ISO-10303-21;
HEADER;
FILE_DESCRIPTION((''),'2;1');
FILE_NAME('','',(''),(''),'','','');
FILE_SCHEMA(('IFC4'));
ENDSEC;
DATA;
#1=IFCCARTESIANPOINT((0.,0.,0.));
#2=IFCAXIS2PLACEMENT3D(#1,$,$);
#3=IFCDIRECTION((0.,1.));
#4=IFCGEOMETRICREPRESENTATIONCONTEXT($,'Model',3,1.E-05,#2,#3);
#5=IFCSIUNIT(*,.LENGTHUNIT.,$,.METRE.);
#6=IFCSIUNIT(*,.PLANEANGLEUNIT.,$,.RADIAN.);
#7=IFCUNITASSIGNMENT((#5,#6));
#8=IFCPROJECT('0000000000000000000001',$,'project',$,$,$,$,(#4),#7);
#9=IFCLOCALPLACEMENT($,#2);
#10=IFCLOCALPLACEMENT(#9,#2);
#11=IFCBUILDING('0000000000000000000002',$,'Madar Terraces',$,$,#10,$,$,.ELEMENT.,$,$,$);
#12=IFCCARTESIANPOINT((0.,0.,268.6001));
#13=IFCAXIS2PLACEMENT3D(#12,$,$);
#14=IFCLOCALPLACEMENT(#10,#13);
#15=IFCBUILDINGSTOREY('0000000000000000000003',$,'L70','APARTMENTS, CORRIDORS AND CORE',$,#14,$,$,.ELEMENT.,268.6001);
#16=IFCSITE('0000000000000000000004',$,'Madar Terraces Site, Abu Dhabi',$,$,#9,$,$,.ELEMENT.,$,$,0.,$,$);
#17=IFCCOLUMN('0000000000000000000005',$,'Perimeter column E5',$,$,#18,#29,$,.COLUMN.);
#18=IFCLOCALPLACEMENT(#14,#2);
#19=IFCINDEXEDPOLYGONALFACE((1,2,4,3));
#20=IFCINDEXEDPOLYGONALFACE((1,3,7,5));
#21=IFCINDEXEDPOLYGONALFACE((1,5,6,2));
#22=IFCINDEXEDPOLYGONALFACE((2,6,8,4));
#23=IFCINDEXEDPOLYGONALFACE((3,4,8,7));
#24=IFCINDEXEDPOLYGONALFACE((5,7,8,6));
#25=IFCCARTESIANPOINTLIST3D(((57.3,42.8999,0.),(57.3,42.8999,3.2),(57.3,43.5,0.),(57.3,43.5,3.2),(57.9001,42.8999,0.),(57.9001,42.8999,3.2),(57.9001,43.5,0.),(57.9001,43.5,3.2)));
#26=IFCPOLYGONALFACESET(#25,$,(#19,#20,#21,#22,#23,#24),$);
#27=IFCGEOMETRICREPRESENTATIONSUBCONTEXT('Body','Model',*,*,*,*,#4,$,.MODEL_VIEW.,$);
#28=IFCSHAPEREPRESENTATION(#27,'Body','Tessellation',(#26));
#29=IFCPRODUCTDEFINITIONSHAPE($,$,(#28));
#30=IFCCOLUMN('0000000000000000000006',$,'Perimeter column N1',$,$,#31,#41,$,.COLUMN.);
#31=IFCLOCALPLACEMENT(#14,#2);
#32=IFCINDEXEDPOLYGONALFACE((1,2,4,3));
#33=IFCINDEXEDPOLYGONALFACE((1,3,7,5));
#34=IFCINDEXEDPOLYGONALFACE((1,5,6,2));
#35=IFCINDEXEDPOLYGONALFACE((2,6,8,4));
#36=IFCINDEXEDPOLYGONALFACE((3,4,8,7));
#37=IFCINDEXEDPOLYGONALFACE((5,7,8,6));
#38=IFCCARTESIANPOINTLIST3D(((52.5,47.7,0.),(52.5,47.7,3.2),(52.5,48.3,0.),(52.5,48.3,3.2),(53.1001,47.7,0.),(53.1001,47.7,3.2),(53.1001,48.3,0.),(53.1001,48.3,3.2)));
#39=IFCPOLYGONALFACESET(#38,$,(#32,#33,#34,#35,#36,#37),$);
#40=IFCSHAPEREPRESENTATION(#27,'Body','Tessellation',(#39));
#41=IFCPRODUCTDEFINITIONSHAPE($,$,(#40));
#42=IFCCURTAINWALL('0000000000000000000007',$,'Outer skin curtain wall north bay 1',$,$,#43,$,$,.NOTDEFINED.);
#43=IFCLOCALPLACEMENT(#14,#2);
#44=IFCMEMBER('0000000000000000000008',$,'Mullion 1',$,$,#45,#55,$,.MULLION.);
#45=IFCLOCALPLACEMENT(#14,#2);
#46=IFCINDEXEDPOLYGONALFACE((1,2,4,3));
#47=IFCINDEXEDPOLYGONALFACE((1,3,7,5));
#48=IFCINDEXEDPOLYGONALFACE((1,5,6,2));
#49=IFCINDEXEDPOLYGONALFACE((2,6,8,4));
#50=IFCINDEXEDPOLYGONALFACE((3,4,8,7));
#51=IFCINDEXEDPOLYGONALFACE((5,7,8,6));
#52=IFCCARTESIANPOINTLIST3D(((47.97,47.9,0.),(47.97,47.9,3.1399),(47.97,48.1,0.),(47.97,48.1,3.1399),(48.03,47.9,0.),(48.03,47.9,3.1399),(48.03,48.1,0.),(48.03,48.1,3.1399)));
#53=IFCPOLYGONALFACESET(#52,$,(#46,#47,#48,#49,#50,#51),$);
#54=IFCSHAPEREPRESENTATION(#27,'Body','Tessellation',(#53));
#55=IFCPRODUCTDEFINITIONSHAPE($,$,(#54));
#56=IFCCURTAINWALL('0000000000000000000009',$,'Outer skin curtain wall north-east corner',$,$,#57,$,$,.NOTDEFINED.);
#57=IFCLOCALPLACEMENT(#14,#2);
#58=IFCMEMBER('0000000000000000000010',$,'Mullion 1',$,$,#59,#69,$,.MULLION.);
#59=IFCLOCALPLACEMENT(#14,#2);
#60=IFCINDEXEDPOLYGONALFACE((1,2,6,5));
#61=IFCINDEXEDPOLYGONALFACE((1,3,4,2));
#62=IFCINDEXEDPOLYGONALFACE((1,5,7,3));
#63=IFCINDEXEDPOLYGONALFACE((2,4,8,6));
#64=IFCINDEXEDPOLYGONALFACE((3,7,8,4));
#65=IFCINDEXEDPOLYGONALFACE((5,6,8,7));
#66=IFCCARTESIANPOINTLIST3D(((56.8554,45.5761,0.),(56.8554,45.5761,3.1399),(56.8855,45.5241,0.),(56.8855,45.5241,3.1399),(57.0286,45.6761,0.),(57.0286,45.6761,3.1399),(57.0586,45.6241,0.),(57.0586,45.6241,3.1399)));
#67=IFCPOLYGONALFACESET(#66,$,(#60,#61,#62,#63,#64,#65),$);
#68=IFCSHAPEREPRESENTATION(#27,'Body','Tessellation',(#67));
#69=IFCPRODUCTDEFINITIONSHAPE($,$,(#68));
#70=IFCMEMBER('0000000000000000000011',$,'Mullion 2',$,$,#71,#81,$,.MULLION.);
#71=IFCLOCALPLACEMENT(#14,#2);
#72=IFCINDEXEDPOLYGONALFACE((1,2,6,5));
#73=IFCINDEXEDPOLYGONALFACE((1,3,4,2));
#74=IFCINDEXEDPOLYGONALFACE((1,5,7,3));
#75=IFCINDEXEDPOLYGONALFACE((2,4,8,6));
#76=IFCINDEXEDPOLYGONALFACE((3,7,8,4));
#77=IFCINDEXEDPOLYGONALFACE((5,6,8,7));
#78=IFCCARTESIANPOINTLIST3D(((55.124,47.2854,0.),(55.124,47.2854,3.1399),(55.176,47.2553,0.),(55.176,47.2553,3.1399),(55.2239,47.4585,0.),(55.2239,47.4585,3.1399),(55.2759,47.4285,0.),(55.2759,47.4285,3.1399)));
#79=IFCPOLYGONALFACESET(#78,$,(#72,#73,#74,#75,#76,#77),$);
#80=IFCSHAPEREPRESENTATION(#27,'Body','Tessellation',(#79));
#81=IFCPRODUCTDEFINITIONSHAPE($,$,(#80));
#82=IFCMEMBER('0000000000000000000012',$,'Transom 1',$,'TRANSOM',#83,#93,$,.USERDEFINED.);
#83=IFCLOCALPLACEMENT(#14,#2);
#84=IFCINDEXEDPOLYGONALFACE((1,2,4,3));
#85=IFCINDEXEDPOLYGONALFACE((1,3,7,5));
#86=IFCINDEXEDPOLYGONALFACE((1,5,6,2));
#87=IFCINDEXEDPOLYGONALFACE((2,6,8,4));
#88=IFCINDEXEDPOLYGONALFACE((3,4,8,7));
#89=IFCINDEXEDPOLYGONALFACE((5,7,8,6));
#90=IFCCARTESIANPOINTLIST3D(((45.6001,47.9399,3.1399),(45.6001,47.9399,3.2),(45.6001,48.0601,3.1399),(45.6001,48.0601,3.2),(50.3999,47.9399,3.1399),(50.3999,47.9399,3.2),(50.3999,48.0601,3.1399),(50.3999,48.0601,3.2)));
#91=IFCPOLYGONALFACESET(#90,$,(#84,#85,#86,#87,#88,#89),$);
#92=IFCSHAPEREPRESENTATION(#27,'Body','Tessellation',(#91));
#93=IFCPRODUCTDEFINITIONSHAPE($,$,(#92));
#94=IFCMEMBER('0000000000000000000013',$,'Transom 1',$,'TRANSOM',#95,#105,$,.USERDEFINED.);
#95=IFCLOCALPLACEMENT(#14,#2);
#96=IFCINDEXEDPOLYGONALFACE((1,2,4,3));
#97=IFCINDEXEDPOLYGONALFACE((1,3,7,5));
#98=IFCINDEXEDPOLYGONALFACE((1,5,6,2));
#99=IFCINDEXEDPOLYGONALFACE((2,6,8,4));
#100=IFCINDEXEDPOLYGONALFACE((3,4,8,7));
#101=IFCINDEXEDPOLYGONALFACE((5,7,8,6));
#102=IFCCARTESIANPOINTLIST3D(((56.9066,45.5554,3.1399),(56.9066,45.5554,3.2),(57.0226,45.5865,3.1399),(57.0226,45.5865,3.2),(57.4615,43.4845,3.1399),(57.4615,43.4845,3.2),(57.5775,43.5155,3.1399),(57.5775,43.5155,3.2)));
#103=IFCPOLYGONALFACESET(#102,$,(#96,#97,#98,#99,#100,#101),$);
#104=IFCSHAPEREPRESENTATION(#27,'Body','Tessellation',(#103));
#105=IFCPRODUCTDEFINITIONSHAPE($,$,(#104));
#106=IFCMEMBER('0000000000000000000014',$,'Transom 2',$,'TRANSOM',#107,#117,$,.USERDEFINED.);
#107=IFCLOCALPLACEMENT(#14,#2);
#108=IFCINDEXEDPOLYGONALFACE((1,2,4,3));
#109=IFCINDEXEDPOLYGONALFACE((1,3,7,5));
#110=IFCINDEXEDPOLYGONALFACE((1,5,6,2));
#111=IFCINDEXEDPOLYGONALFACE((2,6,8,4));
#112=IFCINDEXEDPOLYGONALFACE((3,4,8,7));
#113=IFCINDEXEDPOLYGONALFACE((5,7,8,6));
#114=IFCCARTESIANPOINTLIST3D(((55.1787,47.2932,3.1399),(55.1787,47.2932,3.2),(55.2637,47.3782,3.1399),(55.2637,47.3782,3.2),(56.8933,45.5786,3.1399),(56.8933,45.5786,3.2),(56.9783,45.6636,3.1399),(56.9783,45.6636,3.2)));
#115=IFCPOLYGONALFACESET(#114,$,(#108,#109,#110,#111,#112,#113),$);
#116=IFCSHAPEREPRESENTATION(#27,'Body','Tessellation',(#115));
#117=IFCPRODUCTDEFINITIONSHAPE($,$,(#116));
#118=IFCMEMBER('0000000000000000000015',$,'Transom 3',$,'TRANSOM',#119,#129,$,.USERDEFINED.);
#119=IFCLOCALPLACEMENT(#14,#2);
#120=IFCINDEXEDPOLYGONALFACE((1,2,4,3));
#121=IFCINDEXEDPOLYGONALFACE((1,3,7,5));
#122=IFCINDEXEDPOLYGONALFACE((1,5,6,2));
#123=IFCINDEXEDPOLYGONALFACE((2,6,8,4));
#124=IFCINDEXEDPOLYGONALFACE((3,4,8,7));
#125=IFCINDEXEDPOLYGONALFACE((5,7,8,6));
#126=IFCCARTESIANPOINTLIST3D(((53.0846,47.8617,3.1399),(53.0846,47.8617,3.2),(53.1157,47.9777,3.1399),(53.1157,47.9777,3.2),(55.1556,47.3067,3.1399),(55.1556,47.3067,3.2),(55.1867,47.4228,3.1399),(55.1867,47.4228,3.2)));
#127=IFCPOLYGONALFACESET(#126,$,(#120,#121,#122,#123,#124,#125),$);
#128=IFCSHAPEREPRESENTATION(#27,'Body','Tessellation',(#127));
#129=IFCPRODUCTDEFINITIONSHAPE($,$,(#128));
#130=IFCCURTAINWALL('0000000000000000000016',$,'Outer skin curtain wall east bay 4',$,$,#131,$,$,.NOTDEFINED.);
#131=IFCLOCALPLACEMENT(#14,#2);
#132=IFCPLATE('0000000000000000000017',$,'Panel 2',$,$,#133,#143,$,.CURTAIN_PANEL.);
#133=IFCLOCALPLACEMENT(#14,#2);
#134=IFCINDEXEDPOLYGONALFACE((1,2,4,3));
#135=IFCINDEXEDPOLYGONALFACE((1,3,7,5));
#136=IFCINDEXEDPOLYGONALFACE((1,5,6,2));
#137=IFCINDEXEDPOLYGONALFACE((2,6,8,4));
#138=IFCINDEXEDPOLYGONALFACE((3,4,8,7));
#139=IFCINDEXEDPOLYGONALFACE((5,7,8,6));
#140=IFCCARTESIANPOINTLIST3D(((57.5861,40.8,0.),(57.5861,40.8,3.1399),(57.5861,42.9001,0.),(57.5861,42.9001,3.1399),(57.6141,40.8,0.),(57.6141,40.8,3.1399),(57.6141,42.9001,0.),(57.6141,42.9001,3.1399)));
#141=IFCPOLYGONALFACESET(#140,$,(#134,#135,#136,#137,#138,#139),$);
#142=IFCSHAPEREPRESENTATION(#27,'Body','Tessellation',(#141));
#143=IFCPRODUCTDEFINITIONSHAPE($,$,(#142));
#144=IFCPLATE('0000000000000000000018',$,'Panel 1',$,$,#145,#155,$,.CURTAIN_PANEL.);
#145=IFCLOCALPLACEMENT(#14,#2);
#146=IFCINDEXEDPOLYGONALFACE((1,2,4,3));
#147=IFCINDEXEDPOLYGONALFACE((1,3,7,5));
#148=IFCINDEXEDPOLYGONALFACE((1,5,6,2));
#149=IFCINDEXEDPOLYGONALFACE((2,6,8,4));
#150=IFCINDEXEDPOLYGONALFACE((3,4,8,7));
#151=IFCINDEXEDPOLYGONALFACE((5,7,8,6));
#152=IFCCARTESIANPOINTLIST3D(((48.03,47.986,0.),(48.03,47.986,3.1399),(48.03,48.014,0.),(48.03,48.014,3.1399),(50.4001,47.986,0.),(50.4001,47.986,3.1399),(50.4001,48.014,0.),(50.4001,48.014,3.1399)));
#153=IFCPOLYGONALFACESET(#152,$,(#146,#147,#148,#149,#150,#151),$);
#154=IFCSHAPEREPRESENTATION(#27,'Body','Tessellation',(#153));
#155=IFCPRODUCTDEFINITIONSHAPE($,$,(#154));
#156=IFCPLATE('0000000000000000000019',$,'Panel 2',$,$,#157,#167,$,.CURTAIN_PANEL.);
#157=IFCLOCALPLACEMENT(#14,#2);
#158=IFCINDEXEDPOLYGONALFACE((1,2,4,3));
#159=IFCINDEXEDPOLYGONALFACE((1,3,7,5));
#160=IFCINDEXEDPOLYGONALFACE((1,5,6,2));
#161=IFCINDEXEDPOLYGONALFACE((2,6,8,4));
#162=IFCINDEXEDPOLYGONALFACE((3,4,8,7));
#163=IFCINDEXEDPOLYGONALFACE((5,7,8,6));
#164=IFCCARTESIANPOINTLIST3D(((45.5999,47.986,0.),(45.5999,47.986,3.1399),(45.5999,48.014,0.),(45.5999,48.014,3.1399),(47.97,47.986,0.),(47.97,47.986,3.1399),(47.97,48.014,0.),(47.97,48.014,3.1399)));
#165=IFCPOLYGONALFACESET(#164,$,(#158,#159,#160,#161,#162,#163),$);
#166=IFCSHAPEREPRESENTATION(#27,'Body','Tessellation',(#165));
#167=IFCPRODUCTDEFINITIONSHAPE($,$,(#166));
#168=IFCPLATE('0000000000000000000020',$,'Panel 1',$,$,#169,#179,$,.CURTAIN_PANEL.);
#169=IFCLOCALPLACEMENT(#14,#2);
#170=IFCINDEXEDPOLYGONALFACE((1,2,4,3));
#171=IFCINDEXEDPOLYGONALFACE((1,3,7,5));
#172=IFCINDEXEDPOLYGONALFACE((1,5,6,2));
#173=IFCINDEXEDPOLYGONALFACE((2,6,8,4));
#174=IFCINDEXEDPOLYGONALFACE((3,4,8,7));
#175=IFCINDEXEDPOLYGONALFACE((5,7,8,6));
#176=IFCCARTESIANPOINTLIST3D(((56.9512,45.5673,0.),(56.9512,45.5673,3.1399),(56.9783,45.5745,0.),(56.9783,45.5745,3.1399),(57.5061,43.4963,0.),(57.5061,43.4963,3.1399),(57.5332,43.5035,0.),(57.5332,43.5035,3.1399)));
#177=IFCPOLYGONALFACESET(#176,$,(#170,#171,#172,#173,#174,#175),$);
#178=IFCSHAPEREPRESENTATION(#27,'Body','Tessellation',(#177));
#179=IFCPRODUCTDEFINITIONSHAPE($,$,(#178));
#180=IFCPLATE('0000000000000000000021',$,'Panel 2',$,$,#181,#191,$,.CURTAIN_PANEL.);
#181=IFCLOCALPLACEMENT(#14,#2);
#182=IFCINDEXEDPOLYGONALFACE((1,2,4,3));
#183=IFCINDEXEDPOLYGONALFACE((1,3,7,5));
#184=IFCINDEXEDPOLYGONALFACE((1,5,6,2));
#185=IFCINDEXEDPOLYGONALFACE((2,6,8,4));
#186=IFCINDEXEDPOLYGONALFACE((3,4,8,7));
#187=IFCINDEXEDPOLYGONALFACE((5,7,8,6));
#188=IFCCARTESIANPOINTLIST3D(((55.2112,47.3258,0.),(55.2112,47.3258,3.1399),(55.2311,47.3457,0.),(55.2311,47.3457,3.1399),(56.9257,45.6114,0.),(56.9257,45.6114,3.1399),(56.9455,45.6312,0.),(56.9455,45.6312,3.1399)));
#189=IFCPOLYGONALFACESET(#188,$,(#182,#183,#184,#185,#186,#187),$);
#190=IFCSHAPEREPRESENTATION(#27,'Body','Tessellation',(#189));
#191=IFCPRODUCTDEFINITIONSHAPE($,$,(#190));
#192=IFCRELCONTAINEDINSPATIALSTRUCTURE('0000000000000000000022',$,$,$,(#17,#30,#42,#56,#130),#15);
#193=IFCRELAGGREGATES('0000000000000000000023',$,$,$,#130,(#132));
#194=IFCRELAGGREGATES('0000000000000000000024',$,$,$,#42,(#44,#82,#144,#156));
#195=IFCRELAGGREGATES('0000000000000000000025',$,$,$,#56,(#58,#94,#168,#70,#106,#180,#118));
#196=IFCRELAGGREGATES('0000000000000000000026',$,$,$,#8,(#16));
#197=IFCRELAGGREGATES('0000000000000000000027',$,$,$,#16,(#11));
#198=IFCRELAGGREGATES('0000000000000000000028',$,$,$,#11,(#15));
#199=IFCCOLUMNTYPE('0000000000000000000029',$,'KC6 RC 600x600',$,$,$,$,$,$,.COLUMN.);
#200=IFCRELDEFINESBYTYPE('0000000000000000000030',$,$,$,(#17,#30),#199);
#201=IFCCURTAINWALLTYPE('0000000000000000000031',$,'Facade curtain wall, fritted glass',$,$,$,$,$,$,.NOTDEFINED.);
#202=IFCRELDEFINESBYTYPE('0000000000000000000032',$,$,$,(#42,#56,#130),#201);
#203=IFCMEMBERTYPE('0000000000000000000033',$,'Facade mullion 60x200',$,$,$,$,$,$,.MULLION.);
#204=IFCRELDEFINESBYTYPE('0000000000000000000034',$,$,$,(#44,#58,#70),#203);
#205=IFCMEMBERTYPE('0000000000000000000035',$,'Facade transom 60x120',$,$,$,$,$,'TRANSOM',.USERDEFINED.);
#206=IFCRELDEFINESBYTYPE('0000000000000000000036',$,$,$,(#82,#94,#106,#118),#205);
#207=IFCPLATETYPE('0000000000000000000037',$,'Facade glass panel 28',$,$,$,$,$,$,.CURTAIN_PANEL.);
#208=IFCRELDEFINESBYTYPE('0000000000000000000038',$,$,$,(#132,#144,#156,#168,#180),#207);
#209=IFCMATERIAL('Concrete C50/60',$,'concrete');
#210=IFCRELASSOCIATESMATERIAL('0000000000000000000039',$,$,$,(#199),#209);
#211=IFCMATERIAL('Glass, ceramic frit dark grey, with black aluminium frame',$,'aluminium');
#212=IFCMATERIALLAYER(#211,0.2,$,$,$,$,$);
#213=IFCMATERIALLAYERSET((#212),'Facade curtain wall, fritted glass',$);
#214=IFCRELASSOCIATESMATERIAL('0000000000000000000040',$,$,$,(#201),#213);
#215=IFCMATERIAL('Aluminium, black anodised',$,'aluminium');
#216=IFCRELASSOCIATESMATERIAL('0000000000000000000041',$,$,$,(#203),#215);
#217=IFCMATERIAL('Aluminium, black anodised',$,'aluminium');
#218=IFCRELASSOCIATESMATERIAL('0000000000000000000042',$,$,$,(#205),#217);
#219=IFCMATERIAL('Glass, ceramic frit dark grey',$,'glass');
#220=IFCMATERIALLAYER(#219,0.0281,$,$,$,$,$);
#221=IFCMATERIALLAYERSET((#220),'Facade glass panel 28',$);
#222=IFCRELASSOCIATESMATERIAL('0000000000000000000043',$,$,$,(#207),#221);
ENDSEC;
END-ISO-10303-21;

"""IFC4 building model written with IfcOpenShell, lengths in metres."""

from ifc_helpers import new_model, si_unit, direction, frame, origin, origin_2d, place, context, subcontext, project, spatial, rectangle, extrude, material, layer, layer_set, material_profile, profile_set, type_object, element, aggregate, save


model = new_model("IFC4")

# Units and contexts
model_context = context("Model", 3, precision=1e-05, world=origin(), true_north=direction((0.0, 1.0)))
body_context = subcontext(model_context, "Body", "Model", "MODEL_VIEW")
ifc_project = project(units=[si_unit("LENGTHUNIT", "METRE"), si_unit("PLANEANGLEUNIT", "RADIAN")], contexts=[model_context])

# Site, building, storey
site_placement = place(None, origin())
site = spatial("IfcSite", under=ifc_project, at=site_placement, Name="Madar Terraces Site, Abu Dhabi", CompositionType="ELEMENT", RefElevation=0.0)
building_placement = place(site_placement, origin())
building = spatial("IfcBuilding", under=site, at=building_placement, Name="Madar Terraces", CompositionType="ELEMENT")
storey_placement = place(building_placement, frame((0.0, 0.0, 268.6001)))
storey = spatial("IfcBuildingStorey", under=building, at=storey_placement, Name="L70", Description="APARTMENTS, CORRIDORS AND CORE", CompositionType="ELEMENT", Elevation=268.6001)

# Columns
ifc_material_1 = material(Name="Concrete C50/60", Category="concrete")
ifc_material_profile_1 = material_profile(ifc_material_1, rectangle(XDim=0.6001, YDim=0.6001, at=origin_2d()), Name="KC6 RC 600x600")
ifc_profile_set_1 = profile_set([ifc_material_profile_1], Name="Concrete C50/60")
column_type = type_object("IfcColumnType", Name="KC6 RC 600x600", PredefinedType="COLUMN", material=ifc_profile_set_1)
for number, where, z_axis, x_axis, name in (
    (1, (57.6001, 43.2, 0.0), (0.0, 0.0, 1.0), (1.0, 0.0, 0.0), "Perimeter column E5"),
    (2, (52.8, 48.0, 0.0), (0.0, 0.0, 1.0), (1.0, 0.0, 0.0), "Perimeter column N1"),
):
    element("IfcColumn", number, at=place(storey_placement, frame(where, z_axis=z_axis, x_axis=x_axis)), inside=storey, type_object=column_type, Name=name, PredefinedType="COLUMN", context=body_context, shape_type="SweptSolid", body=[
        extrude(rectangle(XDim=0.6001, YDim=0.6001, at=origin_2d()), origin(), (0.0, 0.0, 1.0), 3.2),
    ])

# Curtain wall, member
ifc_material_2 = material(Name="Glass, ceramic frit dark grey, with black aluminium frame", Category="aluminium")
ifc_layer_1 = layer(ifc_material_2, 0.2)
ifc_layer_set_1 = layer_set([ifc_layer_1], Name="Facade curtain wall, fritted glass")
curtain_wall_type = type_object("IfcCurtainWallType", Name="Facade curtain wall, fritted glass", PredefinedType="NOTDEFINED", material=ifc_layer_set_1)
curtain_wall_1_placement = place(storey_placement, origin())
curtain_wall_1 = element("IfcCurtainWall", 3, at=curtain_wall_1_placement, inside=storey, type_object=curtain_wall_type, Name="Outer skin curtain wall north bay 1", PredefinedType="NOTDEFINED")
ifc_material_3 = material(Name="Aluminium, black anodised", Category="aluminium")
ifc_material_profile_2 = material_profile(ifc_material_3, rectangle(XDim=0.2, YDim=0.0601, at=origin_2d()), Name="Facade mullion 60x200")
ifc_profile_set_2 = profile_set([ifc_material_profile_2], Name="Aluminium, black anodised")
member_type_1 = type_object("IfcMemberType", Name="Facade mullion 60x200", PredefinedType="MULLION", material=ifc_profile_set_2)
member_1_placement = place(storey_placement, frame((48.0, 48.0, 0.0), z_axis=(0.0, 0.0, 1.0), x_axis=(0.0, -1.0, 0.0)))
member_1 = element("IfcMember", 4, at=member_1_placement, type_object=member_type_1, Name="Mullion 1", PredefinedType="MULLION", context=body_context, shape_type="SweptSolid", body=[
    extrude(rectangle(XDim=0.2, YDim=0.0601, at=origin_2d()), origin(), (0.0, 0.0, 1.0), 3.1399),
])

# Curtain wall, members
curtain_wall_2_placement = place(storey_placement, origin())
curtain_wall_2 = element("IfcCurtainWall", 5, at=curtain_wall_2_placement, inside=storey, type_object=curtain_wall_type, Name="Outer skin curtain wall north-east corner", PredefinedType="NOTDEFINED")
member_2_placement = place(storey_placement, frame((56.957, 45.6001, 0.0), z_axis=(0.0, 0.0, 1.0), x_axis=(-0.866025, -0.5, 0.0)))
member_2 = element("IfcMember", 6, at=member_2_placement, type_object=member_type_1, Name="Mullion 1", PredefinedType="MULLION", context=body_context, shape_type="SweptSolid", body=[
    extrude(rectangle(XDim=0.2, YDim=0.0601, at=origin_2d()), origin(), (0.0, 0.0, 1.0), 3.1399),
])
member_3_placement = place(storey_placement, frame((55.2, 47.3569, 0.0), z_axis=(0.0, 0.0, 1.0), x_axis=(-0.5, -0.866025, 0.0)))
member_3 = element("IfcMember", 7, at=member_3_placement, type_object=member_type_1, Name="Mullion 2", PredefinedType="MULLION", context=body_context, shape_type="SweptSolid", body=[
    extrude(rectangle(XDim=0.2, YDim=0.0601, at=origin_2d()), origin(), (0.0, 0.0, 1.0), 3.1399),
])

# Members
ifc_material_4 = material(Name="Aluminium, black anodised", Category="aluminium")
ifc_material_profile_3 = material_profile(ifc_material_4, rectangle(XDim=0.1201, YDim=0.0601, at=origin_2d()), Name="Facade transom 60x120")
ifc_profile_set_3 = profile_set([ifc_material_profile_3], Name="Aluminium, black anodised")
member_type_2 = type_object("IfcMemberType", Name="Facade transom 60x120", ElementType="TRANSOM", PredefinedType="USERDEFINED", material=ifc_profile_set_3)
member_4_placement = place(storey_placement, frame((50.3999, 48.0, 3.1699), z_axis=(-1.0, 0.0, 0.0), x_axis=(0.0, -1.0, 0.0)))
member_4 = element("IfcMember", 8, at=member_4_placement, type_object=member_type_2, Name="Transom 1", ObjectType="TRANSOM", PredefinedType="USERDEFINED", context=body_context, shape_type="SweptSolid", body=[
    extrude(rectangle(XDim=0.1201, YDim=0.0601, at=origin_2d()), origin(), (0.0, 0.0, 1.0), 4.7998),
])
member_5_placement = place(storey_placement, frame((57.5195, 43.5, 3.1699), z_axis=(-0.258818, 0.965926, 0.0), x_axis=(-0.965926, -0.258818, 0.0)))
member_5 = element("IfcMember", 9, at=member_5_placement, type_object=member_type_2, Name="Transom 1", ObjectType="TRANSOM", PredefinedType="USERDEFINED", context=body_context, shape_type="SweptSolid", body=[
    extrude(rectangle(XDim=0.1201, YDim=0.0601, at=origin_2d()), origin(), (0.0, 0.0, 1.0), 2.144),
])
member_6_placement = place(storey_placement, frame((56.9358, 45.6211, 3.1699), z_axis=(-0.707107, 0.707107, 0.0), x_axis=(-0.707107, -0.707107, 0.0)))
member_6 = element("IfcMember", 10, at=member_6_placement, type_object=member_type_2, Name="Transom 2", ObjectType="TRANSOM", PredefinedType="USERDEFINED", context=body_context, shape_type="SweptSolid", body=[
    extrude(rectangle(XDim=0.1201, YDim=0.0601, at=origin_2d()), origin(), (0.0, 0.0, 1.0), 2.4248),
])
member_7_placement = place(storey_placement, frame((55.1711, 47.3647, 3.1699), z_axis=(-0.965926, 0.258818, 0.0), x_axis=(-0.258818, -0.965926, 0.0)))
member_7 = element("IfcMember", 11, at=member_7_placement, type_object=member_type_2, Name="Transom 3", ObjectType="TRANSOM", PredefinedType="USERDEFINED", context=body_context, shape_type="SweptSolid", body=[
    extrude(rectangle(XDim=0.1201, YDim=0.0601, at=origin_2d()), origin(), (0.0, 0.0, 1.0), 2.144),
])

# Curtain wall, plate
curtain_wall_3_placement = place(storey_placement, origin())
curtain_wall_3 = element("IfcCurtainWall", 12, at=curtain_wall_3_placement, inside=storey, type_object=curtain_wall_type, Name="Outer skin curtain wall east bay 4", PredefinedType="NOTDEFINED")
ifc_material_5 = material(Name="Glass, ceramic frit dark grey", Category="glass")
ifc_layer_2 = layer(ifc_material_5, 0.0281)
ifc_layer_set_2 = layer_set([ifc_layer_2], Name="Facade glass panel 28")
plate_type = type_object("IfcPlateType", Name="Facade glass panel 28", PredefinedType="CURTAIN_PANEL", material=ifc_layer_set_2)
plate_1_placement = place(storey_placement, frame((57.6001, 41.8501, 0.0), z_axis=(0.0, 0.0, 1.0), x_axis=(0.0, 1.0, 0.0)))
plate_1 = element("IfcPlate", 13, at=plate_1_placement, type_object=plate_type, Name="Panel 2", PredefinedType="CURTAIN_PANEL", context=body_context, shape_type="SweptSolid", body=[
    extrude(rectangle(XDim=2.1001, YDim=0.0281, at=origin_2d()), origin(), (0.0, 0.0, 1.0), 3.1399),
])
aggregate(curtain_wall_3, [plate_1])

# Plates
plate_2_placement = place(storey_placement, frame((49.2151, 48.0, 0.0), z_axis=(0.0, 0.0, 1.0), x_axis=(-1.0, 0.0, 0.0)))
plate_2 = element("IfcPlate", 14, at=plate_2_placement, type_object=plate_type, Name="Panel 1", PredefinedType="CURTAIN_PANEL", context=body_context, shape_type="SweptSolid", body=[
    extrude(rectangle(XDim=2.3701, YDim=0.0281, at=origin_2d()), origin(), (0.0, 0.0, 1.0), 3.1399),
])
plate_3_placement = place(storey_placement, frame((46.7849, 48.0, 0.0), z_axis=(0.0, 0.0, 1.0), x_axis=(-1.0, 0.0, 0.0)))
plate_3 = element("IfcPlate", 15, at=plate_3_placement, type_object=plate_type, Name="Panel 2", PredefinedType="CURTAIN_PANEL", context=body_context, shape_type="SweptSolid", body=[
    extrude(rectangle(XDim=2.3701, YDim=0.0281, at=origin_2d()), origin(), (0.0, 0.0, 1.0), 3.1399),
])
aggregate(curtain_wall_1, [member_1, member_4, plate_2, plate_3])
plate_4_placement = place(storey_placement, frame((57.2422, 44.5354, 0.0), z_axis=(0.0, 0.0, 1.0), x_axis=(-0.258819, 0.965926, 0.0)))
plate_4 = element("IfcPlate", 16, at=plate_4_placement, type_object=plate_type, Name="Panel 1", PredefinedType="CURTAIN_PANEL", context=body_context, shape_type="SweptSolid", body=[
    extrude(rectangle(XDim=2.144, YDim=0.0281, at=origin_2d()), origin(), (0.0, 0.0, 1.0), 3.1399),
])
plate_5_placement = place(storey_placement, frame((56.0784, 46.4785, 0.0), z_axis=(0.0, 0.0, 1.0), x_axis=(-0.707107, 0.707107, 0.0)))
plate_5 = element("IfcPlate", 17, at=plate_5_placement, type_object=plate_type, Name="Panel 2", PredefinedType="CURTAIN_PANEL", context=body_context, shape_type="SweptSolid", body=[
    extrude(rectangle(XDim=2.4246, YDim=0.0281, at=origin_2d()), origin(), (0.0, 0.0, 1.0), 3.1399),
])
aggregate(curtain_wall_2, [member_2, member_5, plate_4, member_3, member_6, plate_5, member_7])

save(model, "model.ifc")
